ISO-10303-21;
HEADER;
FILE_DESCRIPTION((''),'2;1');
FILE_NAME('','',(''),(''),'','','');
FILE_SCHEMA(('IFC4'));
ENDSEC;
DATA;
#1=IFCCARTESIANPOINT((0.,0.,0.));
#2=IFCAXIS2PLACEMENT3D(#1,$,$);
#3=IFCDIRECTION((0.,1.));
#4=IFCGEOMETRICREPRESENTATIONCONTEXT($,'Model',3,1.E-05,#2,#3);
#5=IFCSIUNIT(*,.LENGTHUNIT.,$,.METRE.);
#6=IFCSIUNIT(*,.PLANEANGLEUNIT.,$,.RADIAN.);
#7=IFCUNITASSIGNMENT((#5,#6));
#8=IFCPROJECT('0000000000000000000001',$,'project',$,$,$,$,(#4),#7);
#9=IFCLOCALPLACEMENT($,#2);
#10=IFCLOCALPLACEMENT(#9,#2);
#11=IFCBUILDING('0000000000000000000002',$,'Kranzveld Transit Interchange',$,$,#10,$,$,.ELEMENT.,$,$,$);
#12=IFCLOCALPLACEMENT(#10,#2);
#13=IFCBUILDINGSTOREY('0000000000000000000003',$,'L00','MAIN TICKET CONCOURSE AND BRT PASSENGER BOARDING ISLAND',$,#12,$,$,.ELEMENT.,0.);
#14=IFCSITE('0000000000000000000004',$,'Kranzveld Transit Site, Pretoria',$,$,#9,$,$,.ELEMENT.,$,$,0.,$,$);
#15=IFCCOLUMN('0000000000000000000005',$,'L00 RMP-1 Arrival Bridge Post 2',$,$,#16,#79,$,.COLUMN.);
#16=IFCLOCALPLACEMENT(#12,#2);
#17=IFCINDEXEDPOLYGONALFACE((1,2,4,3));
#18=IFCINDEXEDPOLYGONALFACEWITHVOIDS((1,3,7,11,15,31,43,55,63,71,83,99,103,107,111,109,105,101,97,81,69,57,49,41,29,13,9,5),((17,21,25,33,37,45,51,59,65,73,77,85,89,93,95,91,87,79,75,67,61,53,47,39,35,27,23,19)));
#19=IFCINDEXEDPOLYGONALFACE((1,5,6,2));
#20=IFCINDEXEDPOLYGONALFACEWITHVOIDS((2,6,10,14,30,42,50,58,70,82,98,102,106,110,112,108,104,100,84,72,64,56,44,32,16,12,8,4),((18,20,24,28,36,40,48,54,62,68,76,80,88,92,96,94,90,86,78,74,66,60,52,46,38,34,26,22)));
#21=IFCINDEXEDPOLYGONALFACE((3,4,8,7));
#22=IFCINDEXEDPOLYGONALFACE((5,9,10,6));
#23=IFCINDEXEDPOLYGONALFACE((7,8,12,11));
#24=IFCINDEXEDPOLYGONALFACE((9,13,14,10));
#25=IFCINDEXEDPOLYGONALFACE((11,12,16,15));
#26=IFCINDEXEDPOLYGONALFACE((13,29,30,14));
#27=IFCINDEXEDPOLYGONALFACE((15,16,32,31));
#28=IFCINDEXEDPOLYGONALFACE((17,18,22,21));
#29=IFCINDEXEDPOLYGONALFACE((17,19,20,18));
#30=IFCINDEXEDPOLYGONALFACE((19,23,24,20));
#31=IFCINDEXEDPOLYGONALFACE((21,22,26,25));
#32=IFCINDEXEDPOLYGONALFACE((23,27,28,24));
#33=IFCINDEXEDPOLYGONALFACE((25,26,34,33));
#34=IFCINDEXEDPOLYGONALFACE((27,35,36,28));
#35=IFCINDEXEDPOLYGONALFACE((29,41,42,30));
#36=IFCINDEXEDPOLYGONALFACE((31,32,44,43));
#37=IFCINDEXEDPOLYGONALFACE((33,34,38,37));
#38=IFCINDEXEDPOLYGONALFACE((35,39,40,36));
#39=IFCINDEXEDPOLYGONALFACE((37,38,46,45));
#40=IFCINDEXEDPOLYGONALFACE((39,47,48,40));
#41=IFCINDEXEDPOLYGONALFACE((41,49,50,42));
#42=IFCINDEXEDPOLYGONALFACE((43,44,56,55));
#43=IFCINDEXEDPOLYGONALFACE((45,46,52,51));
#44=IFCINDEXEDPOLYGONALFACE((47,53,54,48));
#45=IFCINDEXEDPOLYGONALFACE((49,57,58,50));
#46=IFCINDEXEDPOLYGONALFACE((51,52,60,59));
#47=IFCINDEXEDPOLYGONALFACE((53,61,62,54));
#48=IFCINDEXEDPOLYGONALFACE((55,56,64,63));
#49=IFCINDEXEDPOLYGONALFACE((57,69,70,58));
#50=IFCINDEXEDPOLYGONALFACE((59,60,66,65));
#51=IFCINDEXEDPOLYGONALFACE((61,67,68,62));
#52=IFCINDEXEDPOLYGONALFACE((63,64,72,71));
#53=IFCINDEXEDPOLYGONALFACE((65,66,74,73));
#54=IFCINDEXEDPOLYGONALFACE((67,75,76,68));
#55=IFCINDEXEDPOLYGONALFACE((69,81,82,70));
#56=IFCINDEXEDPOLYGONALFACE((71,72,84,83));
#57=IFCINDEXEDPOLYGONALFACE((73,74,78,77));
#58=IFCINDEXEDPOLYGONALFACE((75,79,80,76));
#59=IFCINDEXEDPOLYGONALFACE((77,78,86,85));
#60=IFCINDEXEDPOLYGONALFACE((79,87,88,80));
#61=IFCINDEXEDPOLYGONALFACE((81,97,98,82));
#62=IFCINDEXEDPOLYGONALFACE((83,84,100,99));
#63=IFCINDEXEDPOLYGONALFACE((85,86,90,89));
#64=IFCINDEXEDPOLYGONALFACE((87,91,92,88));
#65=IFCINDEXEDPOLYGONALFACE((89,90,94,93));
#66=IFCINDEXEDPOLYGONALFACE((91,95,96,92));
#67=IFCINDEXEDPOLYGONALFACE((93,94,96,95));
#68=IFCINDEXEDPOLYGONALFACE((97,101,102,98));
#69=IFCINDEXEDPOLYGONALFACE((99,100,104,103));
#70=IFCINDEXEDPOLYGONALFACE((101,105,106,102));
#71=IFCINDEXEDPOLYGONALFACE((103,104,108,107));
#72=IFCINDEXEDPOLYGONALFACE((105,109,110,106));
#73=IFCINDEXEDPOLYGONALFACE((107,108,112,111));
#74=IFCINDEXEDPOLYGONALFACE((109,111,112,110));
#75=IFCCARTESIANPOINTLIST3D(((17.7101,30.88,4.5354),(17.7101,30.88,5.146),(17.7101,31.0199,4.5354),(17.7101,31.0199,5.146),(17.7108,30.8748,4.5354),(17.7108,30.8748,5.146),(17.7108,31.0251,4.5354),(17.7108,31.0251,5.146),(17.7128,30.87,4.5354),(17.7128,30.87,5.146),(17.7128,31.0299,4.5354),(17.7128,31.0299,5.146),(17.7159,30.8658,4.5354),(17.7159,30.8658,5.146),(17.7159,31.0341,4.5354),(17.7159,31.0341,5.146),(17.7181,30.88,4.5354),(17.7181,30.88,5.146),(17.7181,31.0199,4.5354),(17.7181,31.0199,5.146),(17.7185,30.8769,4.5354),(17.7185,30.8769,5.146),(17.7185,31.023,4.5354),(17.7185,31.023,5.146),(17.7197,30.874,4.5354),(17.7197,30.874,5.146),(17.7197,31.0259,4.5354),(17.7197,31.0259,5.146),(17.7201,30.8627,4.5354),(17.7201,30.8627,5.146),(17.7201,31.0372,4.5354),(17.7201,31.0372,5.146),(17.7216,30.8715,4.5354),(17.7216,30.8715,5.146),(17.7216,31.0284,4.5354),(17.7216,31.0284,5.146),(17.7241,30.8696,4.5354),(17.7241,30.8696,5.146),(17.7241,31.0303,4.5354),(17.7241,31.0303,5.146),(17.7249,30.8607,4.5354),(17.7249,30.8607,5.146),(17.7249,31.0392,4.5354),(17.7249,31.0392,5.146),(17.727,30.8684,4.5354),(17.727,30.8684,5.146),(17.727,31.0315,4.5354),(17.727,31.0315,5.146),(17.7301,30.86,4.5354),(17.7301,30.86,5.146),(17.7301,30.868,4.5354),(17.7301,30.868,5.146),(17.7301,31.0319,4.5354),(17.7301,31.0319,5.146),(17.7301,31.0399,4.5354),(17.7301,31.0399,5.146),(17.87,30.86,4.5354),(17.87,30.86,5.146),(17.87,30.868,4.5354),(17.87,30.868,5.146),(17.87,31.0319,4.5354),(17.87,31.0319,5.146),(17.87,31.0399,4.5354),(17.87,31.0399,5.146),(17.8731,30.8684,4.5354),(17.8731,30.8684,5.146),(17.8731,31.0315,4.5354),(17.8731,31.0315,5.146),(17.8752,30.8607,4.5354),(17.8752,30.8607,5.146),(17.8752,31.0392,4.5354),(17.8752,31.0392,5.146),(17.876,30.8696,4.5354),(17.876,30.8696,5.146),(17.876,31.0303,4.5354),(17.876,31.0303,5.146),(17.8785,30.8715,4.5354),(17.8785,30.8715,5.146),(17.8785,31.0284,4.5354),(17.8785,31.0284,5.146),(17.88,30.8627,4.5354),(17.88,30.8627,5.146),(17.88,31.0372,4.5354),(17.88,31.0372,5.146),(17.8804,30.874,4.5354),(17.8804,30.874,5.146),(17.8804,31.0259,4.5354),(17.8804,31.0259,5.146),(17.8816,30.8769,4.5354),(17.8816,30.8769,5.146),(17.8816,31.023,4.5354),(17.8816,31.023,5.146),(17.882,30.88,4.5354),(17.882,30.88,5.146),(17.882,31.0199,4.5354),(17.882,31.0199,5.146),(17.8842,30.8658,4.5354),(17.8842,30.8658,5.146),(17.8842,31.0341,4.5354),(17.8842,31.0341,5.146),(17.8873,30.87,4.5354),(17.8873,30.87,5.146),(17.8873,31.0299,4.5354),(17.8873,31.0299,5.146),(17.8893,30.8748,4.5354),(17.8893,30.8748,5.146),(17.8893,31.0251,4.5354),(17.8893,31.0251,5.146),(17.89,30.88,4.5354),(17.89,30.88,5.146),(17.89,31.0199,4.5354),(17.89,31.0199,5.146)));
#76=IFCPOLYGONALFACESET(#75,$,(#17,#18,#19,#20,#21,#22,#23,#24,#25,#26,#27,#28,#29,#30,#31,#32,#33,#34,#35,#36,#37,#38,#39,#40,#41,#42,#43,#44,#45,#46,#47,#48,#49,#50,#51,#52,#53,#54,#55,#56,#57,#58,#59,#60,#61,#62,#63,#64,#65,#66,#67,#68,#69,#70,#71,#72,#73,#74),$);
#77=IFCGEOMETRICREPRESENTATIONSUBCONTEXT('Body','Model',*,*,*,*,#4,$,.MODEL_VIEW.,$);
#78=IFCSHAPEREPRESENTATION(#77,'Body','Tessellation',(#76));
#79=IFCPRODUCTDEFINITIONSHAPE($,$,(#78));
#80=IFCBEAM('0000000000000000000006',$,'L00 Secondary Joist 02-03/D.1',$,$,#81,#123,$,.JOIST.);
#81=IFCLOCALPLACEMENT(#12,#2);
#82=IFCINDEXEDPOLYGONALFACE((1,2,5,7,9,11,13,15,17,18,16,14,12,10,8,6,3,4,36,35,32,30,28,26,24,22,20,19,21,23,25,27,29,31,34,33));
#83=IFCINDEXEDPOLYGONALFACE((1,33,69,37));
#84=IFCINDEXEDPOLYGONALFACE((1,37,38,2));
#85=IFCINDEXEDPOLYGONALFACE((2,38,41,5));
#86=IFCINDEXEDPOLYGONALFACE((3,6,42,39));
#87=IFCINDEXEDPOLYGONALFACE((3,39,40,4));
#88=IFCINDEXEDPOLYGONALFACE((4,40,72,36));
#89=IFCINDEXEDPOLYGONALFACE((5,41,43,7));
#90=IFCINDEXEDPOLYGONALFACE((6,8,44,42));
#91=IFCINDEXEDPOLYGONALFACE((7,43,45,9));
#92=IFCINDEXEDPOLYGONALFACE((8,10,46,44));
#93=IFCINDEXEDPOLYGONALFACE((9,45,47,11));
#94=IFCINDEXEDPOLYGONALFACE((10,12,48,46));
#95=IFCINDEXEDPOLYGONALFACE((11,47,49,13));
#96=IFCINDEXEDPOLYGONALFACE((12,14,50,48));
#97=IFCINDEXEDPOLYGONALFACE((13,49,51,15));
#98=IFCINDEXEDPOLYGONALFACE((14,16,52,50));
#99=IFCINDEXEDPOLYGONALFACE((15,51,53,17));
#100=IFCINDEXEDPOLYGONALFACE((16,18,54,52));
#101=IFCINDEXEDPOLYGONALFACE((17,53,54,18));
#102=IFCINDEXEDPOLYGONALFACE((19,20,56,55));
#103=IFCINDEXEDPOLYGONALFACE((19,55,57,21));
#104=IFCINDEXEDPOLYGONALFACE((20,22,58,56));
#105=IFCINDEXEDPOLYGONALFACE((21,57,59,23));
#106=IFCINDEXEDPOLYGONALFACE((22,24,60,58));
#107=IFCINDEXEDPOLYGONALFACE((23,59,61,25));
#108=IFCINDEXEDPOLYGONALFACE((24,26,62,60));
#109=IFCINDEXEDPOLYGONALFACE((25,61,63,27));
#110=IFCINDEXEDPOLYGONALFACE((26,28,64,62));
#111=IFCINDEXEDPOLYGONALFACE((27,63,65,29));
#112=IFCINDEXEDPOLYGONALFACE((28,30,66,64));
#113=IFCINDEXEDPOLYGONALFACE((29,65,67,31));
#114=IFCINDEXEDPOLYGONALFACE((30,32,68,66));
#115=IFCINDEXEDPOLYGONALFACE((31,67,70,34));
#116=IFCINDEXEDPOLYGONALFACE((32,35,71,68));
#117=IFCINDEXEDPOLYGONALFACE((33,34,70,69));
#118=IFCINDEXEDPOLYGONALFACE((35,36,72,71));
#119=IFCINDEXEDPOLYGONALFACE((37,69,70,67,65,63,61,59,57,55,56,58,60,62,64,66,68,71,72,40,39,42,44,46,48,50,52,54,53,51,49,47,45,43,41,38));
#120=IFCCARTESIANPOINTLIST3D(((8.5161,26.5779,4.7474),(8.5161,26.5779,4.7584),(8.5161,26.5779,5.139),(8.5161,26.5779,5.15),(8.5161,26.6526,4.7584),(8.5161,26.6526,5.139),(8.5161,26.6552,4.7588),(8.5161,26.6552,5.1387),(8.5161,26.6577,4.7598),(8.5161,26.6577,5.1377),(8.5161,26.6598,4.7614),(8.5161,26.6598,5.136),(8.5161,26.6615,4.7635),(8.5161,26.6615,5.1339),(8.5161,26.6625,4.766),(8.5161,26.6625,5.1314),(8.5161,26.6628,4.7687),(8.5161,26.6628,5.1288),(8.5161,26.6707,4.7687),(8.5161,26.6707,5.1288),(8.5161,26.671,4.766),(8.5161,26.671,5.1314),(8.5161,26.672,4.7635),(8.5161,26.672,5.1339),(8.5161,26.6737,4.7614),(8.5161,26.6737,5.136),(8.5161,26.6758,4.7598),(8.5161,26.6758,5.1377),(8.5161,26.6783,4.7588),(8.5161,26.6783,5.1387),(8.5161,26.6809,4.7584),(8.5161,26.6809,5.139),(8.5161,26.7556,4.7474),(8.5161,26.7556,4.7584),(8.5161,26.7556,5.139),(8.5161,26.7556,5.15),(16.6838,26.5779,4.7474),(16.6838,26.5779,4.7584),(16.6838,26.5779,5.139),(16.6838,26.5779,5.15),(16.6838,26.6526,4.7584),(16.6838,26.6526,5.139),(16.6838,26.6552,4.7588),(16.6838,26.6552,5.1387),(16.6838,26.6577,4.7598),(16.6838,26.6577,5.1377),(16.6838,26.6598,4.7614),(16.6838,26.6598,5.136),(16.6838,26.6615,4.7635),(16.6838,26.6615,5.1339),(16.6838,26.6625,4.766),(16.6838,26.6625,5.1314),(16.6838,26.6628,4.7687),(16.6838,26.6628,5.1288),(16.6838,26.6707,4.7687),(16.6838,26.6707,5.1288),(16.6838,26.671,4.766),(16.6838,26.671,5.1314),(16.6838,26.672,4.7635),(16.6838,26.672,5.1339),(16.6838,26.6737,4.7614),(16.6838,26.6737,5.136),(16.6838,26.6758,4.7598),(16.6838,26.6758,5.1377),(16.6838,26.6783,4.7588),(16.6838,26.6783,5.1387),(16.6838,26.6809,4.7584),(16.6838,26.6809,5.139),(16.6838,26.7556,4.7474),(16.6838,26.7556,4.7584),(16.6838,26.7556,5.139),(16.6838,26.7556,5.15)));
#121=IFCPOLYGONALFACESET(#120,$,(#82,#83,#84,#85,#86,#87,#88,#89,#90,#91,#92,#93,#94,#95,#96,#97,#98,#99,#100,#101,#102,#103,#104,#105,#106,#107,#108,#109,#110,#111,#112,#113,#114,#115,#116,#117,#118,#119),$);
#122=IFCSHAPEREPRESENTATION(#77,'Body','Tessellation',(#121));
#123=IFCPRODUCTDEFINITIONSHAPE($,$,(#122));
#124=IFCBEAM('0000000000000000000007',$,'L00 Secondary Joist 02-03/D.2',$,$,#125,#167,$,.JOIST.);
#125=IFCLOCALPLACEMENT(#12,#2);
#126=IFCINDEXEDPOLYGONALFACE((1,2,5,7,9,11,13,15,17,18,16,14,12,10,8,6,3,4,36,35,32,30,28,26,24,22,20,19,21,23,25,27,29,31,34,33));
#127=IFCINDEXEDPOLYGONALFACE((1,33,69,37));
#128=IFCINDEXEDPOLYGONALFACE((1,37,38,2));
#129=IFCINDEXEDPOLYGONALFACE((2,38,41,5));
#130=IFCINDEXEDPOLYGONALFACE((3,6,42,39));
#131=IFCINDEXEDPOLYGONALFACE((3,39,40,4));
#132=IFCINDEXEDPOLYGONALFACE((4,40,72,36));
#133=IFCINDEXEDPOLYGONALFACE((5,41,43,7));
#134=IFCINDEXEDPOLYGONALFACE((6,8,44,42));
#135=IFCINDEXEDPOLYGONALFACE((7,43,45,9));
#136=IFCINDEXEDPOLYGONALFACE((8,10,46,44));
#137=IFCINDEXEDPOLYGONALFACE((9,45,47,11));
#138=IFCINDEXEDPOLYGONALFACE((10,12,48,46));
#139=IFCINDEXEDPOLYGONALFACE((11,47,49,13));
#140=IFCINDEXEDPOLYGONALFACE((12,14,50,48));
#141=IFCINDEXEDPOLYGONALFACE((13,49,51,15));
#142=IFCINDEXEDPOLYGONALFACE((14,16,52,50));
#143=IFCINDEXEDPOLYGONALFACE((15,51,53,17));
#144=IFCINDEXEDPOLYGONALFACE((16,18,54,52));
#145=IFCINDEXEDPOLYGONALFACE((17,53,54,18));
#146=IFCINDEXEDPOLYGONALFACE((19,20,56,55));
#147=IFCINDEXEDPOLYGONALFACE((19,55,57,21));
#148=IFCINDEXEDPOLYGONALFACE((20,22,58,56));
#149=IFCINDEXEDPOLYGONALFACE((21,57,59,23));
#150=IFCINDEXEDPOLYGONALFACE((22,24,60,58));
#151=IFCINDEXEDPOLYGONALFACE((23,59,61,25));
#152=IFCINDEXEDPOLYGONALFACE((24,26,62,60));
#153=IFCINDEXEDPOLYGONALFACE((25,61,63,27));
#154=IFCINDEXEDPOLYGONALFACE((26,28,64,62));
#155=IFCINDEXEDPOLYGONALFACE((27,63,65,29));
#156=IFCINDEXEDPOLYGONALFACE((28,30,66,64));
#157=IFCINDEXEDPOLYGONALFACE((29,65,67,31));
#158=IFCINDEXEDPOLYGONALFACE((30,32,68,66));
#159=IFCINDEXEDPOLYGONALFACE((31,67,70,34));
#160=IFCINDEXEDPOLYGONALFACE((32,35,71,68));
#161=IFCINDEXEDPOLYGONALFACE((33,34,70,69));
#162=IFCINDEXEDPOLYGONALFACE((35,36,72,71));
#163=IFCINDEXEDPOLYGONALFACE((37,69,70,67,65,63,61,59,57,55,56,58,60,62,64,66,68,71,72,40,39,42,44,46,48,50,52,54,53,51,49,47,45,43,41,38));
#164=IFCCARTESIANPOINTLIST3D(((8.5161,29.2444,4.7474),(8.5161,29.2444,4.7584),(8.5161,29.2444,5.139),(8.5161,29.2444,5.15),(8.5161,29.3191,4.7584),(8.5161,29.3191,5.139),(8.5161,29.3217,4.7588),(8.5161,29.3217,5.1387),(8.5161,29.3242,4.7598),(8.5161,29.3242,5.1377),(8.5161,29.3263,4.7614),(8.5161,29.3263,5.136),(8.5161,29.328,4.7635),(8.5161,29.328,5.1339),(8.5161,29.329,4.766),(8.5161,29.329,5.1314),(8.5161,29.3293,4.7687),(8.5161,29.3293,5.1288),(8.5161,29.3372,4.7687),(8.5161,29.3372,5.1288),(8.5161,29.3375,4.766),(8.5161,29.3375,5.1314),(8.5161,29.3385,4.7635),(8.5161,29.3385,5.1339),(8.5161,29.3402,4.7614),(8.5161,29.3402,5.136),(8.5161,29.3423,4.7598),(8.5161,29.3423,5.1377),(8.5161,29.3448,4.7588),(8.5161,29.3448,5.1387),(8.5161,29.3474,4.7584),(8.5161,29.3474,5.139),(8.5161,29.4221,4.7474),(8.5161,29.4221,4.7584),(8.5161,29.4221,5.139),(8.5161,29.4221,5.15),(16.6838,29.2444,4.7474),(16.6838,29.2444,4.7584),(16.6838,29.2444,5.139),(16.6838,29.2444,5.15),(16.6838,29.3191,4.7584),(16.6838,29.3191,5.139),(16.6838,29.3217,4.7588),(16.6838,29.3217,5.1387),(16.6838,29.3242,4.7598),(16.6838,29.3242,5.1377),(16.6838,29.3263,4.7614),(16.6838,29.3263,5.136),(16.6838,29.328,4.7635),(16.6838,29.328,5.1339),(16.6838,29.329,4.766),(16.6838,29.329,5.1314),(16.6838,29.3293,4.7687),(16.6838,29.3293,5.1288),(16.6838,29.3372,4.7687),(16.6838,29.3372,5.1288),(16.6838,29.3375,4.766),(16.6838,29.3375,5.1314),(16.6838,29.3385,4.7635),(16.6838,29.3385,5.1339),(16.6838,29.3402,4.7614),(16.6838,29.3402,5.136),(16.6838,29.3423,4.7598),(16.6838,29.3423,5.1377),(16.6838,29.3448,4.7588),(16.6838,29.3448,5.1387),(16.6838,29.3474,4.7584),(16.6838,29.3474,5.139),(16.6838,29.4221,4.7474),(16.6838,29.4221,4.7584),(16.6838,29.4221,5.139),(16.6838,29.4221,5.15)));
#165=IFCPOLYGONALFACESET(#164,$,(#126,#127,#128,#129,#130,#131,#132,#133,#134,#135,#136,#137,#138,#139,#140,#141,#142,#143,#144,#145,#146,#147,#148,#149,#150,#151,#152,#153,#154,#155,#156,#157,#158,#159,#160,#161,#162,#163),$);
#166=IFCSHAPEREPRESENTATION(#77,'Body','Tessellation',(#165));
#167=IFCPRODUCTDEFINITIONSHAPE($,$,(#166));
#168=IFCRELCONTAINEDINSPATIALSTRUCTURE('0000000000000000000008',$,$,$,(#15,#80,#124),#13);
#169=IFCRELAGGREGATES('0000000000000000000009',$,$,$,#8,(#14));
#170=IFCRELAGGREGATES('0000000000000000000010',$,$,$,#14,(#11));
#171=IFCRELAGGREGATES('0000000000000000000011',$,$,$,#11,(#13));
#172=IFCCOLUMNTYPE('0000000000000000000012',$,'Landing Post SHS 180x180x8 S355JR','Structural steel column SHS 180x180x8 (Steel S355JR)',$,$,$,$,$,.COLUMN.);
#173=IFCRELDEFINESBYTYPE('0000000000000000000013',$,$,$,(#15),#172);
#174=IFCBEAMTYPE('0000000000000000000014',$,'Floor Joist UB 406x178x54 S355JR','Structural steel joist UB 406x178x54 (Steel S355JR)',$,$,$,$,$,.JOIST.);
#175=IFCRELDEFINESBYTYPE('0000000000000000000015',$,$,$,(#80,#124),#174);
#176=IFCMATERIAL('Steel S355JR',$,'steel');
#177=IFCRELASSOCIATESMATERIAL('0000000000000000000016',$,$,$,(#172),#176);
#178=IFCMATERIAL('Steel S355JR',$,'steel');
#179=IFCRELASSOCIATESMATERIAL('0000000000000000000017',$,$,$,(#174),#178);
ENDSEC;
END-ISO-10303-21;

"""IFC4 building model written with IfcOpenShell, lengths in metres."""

from ifc_helpers import new_model, si_unit, direction, frame, origin, origin_2d, place, context, subcontext, project, spatial, hollow_rectangle, i_section, extrude, material, material_profile, profile_set, type_object, element, save


model = new_model("IFC4")

# Units and contexts
model_context = context("Model", 3, precision=1e-05, world=origin(), true_north=direction((0.0, 1.0)))
body_context = subcontext(model_context, "Body", "Model", "MODEL_VIEW")
ifc_project = project(units=[si_unit("LENGTHUNIT", "METRE"), si_unit("PLANEANGLEUNIT", "RADIAN")], contexts=[model_context])

# Site, building, storey
site_placement = place(None, origin())
site = spatial("IfcSite", under=ifc_project, at=site_placement, Name="Kranzveld Transit Site, Pretoria", CompositionType="ELEMENT", RefElevation=0.0)
building_placement = place(site_placement, origin())
building = spatial("IfcBuilding", under=site, at=building_placement, Name="Kranzveld Transit Interchange", CompositionType="ELEMENT")
storey_placement = place(building_placement, origin())
storey = spatial("IfcBuildingStorey", under=building, at=storey_placement, Name="L00", Description="MAIN TICKET CONCOURSE AND BRT PASSENGER BOARDING ISLAND", CompositionType="ELEMENT", Elevation=0.0)

# Column
ifc_material_1 = material(Name="Steel S355JR", Category="steel")
ifc_material_profile_1 = material_profile(ifc_material_1, hollow_rectangle(XDim=0.1799, YDim=0.1799, WallThickness=0.0081, InnerFilletRadius=0.012, OuterFilletRadius=0.02, at=origin_2d()), Name="SHS 180x180x8")
ifc_profile_set_1 = profile_set([ifc_material_profile_1], Name="Steel S355JR")
column_type_1 = type_object("IfcColumnType", Name="Landing Post SHS 180x180x8 S355JR", Description="Structural steel column SHS 180x180x8 (Steel S355JR)", PredefinedType="COLUMN", material=ifc_profile_set_1)
column_1_placement = place(storey_placement, frame((17.8, 30.95, 4.5354), z_axis=(0.0, 0.0, 1.0), x_axis=(1.0, 0.0, 0.0)))
element("IfcColumn", 1, at=column_1_placement, inside=storey, type_object=column_type_1, Name="L00 RMP-1 Arrival Bridge Post 2", PredefinedType="COLUMN", context=body_context, shape_type="SweptSolid", body=[
    extrude(hollow_rectangle(XDim=0.1799, YDim=0.1799, WallThickness=0.0081, InnerFilletRadius=0.012, OuterFilletRadius=0.02, at=origin_2d()), origin(), (0.0, 0.0, 1.0), 0.6106),
])

# Beams
ifc_material_2 = material(Name="Steel S355JR", Category="steel")
ifc_material_profile_2 = material_profile(ifc_material_2, i_section(OverallWidth=0.1777, OverallDepth=0.4026, WebThickness=0.0078, FlangeThickness=0.011, FilletRadius=0.0103, at=origin_2d()), Name="UB 406x178x54")
ifc_profile_set_2 = profile_set([ifc_material_profile_2], Name="Steel S355JR")
beam_type_1 = type_object("IfcBeamType", Name="Floor Joist UB 406x178x54 S355JR", Description="Structural steel joist UB 406x178x54 (Steel S355JR)", PredefinedType="JOIST", material=ifc_profile_set_2)
for number, where, z_axis, x_axis, name in (
    (2, (8.5161, 26.6667, 4.9487), (1.0, 0.0, 0.0), (0.0, 1.0, 0.0), "L00 Secondary Joist 02-03/D.1"),
    (3, (8.5161, 29.3333, 4.9487), (1.0, 0.0, 0.0), (0.0, 1.0, 0.0), "L00 Secondary Joist 02-03/D.2"),
):
    element("IfcBeam", number, at=place(storey_placement, frame(where, z_axis=z_axis, x_axis=x_axis)), inside=storey, type_object=beam_type_1, Name=name, PredefinedType="JOIST", context=body_context, shape_type="SweptSolid", body=[
        extrude(i_section(OverallWidth=0.1777, OverallDepth=0.4026, WebThickness=0.0078, FlangeThickness=0.011, FilletRadius=0.0103, at=origin_2d()), origin(), (0.0, 0.0, 1.0), 8.1677),
    ])

save(model, "model.ifc")
